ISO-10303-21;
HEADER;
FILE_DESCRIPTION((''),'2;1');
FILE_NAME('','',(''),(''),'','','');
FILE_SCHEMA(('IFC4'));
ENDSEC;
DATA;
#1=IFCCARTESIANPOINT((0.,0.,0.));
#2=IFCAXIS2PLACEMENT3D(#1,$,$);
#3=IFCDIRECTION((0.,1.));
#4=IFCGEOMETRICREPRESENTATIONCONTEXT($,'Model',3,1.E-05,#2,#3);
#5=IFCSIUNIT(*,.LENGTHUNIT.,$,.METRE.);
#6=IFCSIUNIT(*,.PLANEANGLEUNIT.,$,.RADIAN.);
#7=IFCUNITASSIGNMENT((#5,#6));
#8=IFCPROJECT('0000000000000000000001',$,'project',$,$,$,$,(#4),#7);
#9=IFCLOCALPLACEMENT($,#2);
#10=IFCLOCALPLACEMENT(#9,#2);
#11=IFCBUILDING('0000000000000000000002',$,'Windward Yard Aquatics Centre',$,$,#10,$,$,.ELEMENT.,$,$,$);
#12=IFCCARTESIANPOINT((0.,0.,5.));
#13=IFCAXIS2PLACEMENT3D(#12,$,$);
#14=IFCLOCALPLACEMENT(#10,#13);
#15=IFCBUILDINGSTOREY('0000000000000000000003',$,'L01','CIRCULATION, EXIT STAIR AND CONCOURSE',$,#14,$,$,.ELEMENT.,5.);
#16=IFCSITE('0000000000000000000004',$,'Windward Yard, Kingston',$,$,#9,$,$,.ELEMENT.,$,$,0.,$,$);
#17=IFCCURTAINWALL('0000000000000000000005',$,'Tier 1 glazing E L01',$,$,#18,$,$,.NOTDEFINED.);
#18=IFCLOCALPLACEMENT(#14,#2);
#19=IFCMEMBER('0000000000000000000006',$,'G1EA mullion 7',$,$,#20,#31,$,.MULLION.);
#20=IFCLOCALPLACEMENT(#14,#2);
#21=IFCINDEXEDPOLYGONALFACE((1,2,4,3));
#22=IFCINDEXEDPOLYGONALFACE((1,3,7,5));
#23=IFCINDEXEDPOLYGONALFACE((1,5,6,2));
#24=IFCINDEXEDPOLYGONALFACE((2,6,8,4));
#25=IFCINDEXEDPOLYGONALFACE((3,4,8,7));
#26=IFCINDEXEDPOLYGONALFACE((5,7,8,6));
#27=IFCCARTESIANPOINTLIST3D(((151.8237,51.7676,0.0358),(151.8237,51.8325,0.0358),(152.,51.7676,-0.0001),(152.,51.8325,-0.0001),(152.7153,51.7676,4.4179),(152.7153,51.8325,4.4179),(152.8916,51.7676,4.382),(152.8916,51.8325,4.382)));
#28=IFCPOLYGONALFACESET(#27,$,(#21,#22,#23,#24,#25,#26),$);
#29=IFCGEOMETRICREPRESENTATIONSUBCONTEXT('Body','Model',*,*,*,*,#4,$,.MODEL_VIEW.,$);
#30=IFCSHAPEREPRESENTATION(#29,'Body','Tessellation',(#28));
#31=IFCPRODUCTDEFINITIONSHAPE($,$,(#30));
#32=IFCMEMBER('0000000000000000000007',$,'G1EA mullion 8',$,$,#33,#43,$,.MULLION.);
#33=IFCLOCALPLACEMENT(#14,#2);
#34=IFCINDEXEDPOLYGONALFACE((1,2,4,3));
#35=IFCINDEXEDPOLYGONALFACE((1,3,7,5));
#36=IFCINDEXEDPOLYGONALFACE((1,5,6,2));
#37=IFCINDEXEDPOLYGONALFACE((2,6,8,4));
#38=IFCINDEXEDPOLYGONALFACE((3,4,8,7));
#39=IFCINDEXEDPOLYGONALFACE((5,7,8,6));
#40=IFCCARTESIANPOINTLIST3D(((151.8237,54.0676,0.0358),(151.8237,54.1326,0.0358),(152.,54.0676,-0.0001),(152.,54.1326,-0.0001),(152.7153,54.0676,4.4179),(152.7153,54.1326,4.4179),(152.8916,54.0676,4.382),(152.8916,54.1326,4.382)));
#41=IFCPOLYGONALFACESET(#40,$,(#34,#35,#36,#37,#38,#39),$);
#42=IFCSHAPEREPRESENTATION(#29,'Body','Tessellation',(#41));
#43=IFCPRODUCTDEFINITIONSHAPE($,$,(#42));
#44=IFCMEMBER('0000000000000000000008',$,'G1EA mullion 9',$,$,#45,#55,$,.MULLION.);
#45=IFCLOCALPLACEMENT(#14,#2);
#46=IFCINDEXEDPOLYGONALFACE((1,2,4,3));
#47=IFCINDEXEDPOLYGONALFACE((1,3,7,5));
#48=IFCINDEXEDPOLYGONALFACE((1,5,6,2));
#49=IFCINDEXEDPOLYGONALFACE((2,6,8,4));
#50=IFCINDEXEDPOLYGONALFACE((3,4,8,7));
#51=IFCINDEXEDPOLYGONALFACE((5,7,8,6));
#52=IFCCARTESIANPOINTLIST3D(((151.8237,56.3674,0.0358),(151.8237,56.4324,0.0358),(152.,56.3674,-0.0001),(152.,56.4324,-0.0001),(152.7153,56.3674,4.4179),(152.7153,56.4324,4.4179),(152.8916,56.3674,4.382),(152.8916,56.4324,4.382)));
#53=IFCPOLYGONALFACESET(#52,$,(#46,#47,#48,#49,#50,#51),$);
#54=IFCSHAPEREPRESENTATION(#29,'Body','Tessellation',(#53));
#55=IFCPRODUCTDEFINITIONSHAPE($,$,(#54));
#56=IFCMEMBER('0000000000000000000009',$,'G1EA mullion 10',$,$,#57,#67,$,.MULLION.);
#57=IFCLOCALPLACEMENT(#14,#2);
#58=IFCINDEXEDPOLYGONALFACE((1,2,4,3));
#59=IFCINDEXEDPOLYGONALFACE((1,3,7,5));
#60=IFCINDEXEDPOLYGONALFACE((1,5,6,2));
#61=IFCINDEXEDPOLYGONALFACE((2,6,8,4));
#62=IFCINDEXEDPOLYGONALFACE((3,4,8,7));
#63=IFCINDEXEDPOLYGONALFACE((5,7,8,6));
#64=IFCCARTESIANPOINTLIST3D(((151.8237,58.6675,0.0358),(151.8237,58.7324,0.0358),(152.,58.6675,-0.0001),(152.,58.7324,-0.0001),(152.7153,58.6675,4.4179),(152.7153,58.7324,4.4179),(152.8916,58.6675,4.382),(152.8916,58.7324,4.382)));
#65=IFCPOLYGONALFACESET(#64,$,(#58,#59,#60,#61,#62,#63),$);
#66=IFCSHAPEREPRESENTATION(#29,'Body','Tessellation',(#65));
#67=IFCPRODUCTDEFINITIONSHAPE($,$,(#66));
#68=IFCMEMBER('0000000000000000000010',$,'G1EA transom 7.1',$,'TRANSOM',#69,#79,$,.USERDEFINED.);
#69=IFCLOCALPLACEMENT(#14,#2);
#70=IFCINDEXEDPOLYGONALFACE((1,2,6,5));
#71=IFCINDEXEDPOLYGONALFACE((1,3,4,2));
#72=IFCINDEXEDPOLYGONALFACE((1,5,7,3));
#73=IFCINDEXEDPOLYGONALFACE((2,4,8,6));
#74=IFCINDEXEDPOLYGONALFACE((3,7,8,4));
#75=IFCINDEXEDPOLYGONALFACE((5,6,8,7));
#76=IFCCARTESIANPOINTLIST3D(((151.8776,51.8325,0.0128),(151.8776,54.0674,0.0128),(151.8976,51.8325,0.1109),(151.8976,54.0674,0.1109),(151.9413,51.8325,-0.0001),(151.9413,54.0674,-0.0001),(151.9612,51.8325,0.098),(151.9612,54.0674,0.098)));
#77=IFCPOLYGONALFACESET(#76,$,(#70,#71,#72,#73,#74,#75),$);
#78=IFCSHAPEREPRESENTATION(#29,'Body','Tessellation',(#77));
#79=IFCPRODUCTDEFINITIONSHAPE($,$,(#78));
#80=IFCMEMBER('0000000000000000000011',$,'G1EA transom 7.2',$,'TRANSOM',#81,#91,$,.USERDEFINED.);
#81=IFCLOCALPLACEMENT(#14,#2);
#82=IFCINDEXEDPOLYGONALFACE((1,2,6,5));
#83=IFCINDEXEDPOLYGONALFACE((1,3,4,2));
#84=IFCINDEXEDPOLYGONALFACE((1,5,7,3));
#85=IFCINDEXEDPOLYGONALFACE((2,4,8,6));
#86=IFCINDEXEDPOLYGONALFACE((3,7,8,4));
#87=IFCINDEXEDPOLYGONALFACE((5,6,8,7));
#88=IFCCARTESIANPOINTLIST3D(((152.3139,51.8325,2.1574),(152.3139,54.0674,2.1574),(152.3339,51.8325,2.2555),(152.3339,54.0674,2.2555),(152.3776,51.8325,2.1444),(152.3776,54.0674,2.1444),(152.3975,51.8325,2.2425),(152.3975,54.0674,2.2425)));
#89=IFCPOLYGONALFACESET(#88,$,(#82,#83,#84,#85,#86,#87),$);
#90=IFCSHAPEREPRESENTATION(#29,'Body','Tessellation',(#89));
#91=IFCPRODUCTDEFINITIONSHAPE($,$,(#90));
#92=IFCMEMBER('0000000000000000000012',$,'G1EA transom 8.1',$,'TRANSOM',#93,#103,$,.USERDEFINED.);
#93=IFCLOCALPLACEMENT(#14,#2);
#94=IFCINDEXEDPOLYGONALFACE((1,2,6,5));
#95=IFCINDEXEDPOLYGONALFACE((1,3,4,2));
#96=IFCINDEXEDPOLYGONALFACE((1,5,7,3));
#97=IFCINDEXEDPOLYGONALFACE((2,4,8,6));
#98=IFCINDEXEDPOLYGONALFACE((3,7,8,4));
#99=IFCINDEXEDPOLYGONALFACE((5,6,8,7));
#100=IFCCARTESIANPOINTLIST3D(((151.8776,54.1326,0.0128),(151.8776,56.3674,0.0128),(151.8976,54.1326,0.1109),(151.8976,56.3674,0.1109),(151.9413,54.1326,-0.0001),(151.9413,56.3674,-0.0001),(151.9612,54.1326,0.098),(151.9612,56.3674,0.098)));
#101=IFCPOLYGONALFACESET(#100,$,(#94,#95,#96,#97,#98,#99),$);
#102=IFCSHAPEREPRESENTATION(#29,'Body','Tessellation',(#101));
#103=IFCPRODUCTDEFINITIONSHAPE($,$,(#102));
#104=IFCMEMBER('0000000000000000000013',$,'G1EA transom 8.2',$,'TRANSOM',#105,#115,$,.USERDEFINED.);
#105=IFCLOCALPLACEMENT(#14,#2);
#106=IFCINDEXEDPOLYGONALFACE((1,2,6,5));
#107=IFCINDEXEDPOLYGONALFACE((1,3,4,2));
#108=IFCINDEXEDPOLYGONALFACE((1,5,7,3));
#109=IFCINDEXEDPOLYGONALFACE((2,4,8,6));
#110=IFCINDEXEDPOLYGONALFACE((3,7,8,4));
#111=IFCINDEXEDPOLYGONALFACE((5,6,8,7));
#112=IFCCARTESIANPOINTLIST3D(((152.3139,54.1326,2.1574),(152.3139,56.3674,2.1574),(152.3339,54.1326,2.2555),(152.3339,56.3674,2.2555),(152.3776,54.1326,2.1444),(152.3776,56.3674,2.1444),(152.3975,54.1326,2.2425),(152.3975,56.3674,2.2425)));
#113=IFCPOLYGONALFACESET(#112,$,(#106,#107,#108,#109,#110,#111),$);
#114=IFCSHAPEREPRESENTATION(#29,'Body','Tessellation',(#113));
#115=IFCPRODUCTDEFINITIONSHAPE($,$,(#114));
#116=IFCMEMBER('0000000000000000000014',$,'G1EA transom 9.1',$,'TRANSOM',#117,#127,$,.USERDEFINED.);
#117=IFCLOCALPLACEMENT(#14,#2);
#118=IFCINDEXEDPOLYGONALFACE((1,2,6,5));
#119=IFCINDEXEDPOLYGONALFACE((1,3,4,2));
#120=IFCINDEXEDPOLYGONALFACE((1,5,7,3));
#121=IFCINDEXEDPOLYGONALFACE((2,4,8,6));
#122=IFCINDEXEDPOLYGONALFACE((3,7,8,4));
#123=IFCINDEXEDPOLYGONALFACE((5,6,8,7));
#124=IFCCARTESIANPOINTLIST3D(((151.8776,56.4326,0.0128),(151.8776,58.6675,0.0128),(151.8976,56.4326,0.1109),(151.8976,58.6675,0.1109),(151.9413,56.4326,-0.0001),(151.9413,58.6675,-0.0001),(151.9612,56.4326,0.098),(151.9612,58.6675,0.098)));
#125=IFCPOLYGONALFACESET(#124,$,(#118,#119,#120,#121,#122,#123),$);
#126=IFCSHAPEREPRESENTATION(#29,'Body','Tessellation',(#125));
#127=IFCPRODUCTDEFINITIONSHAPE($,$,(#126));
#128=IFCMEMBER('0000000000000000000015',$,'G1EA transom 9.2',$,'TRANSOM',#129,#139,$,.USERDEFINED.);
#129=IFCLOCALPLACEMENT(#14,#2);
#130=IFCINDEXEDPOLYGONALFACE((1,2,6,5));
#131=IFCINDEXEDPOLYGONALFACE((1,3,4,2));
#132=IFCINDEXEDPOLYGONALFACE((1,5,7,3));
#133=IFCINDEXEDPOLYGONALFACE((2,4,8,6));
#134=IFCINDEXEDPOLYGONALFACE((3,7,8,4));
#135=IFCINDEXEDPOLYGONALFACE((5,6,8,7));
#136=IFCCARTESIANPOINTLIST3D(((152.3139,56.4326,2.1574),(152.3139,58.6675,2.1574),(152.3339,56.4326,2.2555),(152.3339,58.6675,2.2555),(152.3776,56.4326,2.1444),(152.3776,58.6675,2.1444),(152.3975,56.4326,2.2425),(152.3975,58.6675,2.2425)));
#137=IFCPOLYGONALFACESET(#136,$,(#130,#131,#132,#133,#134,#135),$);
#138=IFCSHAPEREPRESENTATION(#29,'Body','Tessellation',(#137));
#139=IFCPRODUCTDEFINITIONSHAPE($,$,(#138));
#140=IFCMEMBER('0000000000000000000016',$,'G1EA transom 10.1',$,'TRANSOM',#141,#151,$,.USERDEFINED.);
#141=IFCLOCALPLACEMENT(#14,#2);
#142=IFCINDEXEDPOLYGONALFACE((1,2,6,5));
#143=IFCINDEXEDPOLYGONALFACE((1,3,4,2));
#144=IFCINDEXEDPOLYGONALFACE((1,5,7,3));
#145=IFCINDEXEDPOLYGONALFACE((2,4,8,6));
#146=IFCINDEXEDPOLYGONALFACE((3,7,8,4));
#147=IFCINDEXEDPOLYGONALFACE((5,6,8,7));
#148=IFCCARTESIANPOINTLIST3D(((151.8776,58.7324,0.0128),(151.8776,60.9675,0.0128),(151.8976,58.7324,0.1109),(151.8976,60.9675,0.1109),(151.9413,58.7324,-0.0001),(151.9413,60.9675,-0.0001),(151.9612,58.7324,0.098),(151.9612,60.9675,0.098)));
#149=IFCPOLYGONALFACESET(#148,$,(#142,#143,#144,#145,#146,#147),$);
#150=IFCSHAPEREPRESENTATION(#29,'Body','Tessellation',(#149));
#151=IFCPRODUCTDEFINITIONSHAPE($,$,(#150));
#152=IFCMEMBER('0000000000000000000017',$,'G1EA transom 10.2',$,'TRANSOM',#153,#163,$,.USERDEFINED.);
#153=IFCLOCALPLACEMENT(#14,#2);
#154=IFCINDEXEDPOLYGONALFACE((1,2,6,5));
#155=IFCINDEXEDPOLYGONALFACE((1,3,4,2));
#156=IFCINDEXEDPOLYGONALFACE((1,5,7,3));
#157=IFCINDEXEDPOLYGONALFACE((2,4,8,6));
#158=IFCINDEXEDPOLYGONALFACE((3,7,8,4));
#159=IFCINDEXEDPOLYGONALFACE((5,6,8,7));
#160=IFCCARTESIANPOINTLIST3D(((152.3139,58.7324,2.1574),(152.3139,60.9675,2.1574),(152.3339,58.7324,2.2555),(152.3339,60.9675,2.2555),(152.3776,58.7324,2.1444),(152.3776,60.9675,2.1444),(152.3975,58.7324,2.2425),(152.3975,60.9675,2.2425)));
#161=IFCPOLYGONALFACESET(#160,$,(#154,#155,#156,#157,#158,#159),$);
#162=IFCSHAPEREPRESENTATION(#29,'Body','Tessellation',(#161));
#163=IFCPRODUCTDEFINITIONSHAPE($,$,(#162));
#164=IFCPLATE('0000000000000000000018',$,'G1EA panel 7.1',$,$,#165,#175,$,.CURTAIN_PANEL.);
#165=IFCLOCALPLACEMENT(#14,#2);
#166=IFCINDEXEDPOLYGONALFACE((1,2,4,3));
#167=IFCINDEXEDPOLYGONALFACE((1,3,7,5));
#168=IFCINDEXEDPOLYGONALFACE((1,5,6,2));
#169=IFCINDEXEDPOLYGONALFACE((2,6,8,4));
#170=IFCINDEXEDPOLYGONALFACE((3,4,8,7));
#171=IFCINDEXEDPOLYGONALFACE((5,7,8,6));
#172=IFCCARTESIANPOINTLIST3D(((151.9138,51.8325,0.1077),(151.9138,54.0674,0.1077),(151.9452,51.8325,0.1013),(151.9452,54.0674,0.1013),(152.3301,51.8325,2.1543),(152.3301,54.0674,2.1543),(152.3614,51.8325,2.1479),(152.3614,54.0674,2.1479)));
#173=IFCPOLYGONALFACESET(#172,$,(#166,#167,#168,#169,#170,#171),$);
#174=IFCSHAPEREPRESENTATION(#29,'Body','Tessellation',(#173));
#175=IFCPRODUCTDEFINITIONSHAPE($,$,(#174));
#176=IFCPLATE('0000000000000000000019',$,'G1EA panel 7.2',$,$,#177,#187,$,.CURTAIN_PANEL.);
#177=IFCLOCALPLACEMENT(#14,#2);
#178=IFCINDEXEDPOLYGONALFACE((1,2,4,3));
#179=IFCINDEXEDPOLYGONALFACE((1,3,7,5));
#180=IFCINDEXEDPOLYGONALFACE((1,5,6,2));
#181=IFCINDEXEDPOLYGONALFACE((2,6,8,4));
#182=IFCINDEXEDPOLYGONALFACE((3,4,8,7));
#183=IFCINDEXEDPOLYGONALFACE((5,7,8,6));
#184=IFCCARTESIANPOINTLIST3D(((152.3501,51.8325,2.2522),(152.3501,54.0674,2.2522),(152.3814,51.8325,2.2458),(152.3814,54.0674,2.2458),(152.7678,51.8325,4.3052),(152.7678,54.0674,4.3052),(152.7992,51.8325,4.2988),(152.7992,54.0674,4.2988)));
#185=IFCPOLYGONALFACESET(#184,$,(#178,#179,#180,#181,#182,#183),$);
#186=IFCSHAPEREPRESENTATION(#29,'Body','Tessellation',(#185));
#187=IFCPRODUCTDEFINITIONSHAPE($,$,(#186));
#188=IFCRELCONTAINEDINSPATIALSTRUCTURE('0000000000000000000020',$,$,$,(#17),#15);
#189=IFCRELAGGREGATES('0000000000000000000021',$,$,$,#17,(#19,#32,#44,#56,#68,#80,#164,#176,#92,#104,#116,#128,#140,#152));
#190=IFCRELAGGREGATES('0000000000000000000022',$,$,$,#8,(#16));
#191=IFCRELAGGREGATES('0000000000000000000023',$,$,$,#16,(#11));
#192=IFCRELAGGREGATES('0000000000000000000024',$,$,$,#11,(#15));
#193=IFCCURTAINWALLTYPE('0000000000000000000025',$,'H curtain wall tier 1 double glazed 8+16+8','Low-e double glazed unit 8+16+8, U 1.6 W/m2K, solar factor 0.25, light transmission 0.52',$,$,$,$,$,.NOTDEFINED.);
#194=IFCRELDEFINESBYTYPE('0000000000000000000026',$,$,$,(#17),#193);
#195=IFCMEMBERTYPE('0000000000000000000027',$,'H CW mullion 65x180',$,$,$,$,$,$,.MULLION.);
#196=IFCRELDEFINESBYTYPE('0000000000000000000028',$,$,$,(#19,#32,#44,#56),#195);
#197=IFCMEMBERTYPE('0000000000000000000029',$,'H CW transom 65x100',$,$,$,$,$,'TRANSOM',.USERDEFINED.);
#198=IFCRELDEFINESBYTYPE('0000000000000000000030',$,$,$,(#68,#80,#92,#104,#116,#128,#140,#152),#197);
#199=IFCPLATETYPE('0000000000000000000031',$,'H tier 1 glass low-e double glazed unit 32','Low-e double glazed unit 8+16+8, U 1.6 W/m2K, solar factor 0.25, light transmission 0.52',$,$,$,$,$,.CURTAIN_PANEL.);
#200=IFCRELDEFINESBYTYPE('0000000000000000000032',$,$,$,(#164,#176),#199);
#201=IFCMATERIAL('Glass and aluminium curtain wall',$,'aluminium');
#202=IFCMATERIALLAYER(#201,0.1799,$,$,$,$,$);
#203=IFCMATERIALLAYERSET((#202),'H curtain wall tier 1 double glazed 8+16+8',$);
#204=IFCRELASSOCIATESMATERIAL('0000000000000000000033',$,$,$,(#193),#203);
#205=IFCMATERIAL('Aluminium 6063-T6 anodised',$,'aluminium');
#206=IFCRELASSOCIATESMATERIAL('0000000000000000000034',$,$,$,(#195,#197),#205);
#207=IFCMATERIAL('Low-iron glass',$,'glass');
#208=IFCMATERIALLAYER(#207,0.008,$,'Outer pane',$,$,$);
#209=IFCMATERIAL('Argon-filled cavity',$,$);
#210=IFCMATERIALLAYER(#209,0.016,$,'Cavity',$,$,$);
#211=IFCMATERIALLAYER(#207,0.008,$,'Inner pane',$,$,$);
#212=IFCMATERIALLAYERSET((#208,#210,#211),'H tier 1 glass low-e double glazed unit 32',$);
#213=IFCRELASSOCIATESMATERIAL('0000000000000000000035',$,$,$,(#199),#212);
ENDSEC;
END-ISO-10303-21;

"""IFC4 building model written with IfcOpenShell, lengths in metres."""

from ifc_helpers import new_model, si_unit, direction, frame, origin, origin_2d, place, context, subcontext, project, spatial, polyline, rectangle, outline, extrude, material, layer, layer_set, material_profile, profile_set, type_object, element, aggregate, save


model = new_model("IFC4")

# Units and contexts
model_context = context("Model", 3, precision=1e-05, world=origin(), true_north=direction((0.0, 1.0)))
body_context = subcontext(model_context, "Body", "Model", "MODEL_VIEW")
ifc_project = project(units=[si_unit("LENGTHUNIT", "METRE"), si_unit("PLANEANGLEUNIT", "RADIAN")], contexts=[model_context])

# Site, building, storey
site_placement = place(None, origin())
site = spatial("IfcSite", under=ifc_project, at=site_placement, Name="Windward Yard, Kingston", CompositionType="ELEMENT", RefElevation=0.0)
building_placement = place(site_placement, origin())
building = spatial("IfcBuilding", under=site, at=building_placement, Name="Windward Yard Aquatics Centre", CompositionType="ELEMENT")
storey_placement = place(building_placement, frame((0.0, 0.0, 5.0)))
storey = spatial("IfcBuildingStorey", under=building, at=storey_placement, Name="L01", Description="CIRCULATION, EXIT STAIR AND CONCOURSE", CompositionType="ELEMENT", Elevation=5.0)

# Curtain wall, members, plates
ifc_material_1 = material(Name="Glass and aluminium curtain wall", Category="aluminium")
ifc_layer_1 = layer(ifc_material_1, 0.1799)
ifc_layer_set_1 = layer_set([ifc_layer_1], Name="H curtain wall tier 1 double glazed 8+16+8")
curtain_wall_type = type_object("IfcCurtainWallType", Name="H curtain wall tier 1 double glazed 8+16+8", Description="Low-e double glazed unit 8+16+8, U 1.6 W/m2K, solar factor 0.25, light transmission 0.52", PredefinedType="NOTDEFINED", material=ifc_layer_set_1)
curtain_wall_placement = place(storey_placement, origin())
curtain_wall = element("IfcCurtainWall", 1, at=curtain_wall_placement, inside=storey, type_object=curtain_wall_type, Name="Tier 1 glazing E L01", PredefinedType="NOTDEFINED")
ifc_material_2 = material(Name="Aluminium 6063-T6 anodised", Category="aluminium")
ifc_material_profile_1 = material_profile(ifc_material_2, rectangle(XDim=0.0649, YDim=0.1799, at=origin_2d()), Name="H CW mullion 65x180")
ifc_profile_set_1 = profile_set([ifc_material_profile_1], Name="Aluminium 6063-T6 anodised")
member_type_1 = type_object("IfcMemberType", Name="H CW mullion 65x180", PredefinedType="MULLION", material=ifc_profile_set_1)
member_1_placement = place(storey_placement, frame((151.9119, 51.8, 0.0178), z_axis=(0.19938, 0.0, 0.979922), x_axis=(0.0, 1.0, 0.0)))
member_1 = element("IfcMember", 2, at=member_1_placement, type_object=member_type_1, Name="G1EA mullion 7", PredefinedType="MULLION", context=body_context, shape_type="SweptSolid", body=[
    extrude(rectangle(XDim=0.0649, YDim=0.1799, at=origin_2d()), origin(), (0.0, 0.0, 1.0), 4.4719),
])
member_2_placement = place(storey_placement, frame((151.9119, 54.1001, 0.0178), z_axis=(0.19938, 0.0, 0.979922), x_axis=(0.0, 1.0, 0.0)))
member_2 = element("IfcMember", 3, at=member_2_placement, type_object=member_type_1, Name="G1EA mullion 8", PredefinedType="MULLION", context=body_context, shape_type="SweptSolid", body=[
    extrude(rectangle(XDim=0.0649, YDim=0.1799, at=origin_2d()), origin(), (0.0, 0.0, 1.0), 4.4719),
])
member_3_placement = place(storey_placement, frame((151.9119, 56.3999, 0.0178), z_axis=(0.19938, 0.0, 0.979922), x_axis=(0.0, 1.0, 0.0)))
member_3 = element("IfcMember", 4, at=member_3_placement, type_object=member_type_1, Name="G1EA mullion 9", PredefinedType="MULLION", context=body_context, shape_type="SweptSolid", body=[
    extrude(rectangle(XDim=0.0649, YDim=0.1799, at=origin_2d()), origin(), (0.0, 0.0, 1.0), 4.4719),
])
member_4_placement = place(storey_placement, frame((151.9119, 58.7, 0.0178), z_axis=(0.19938, 0.0, 0.979922), x_axis=(0.0, 1.0, 0.0)))
member_4 = element("IfcMember", 5, at=member_4_placement, type_object=member_type_1, Name="G1EA mullion 10", PredefinedType="MULLION", context=body_context, shape_type="SweptSolid", body=[
    extrude(rectangle(XDim=0.0649, YDim=0.1799, at=origin_2d()), origin(), (0.0, 0.0, 1.0), 4.4719),
])
ifc_material_profile_2 = material_profile(ifc_material_2, rectangle(XDim=0.0649, YDim=0.1001, at=origin_2d()), Name="H CW transom 65x100")
ifc_profile_set_2 = profile_set([ifc_material_profile_2], Name="Aluminium 6063-T6 anodised")
member_type_2 = type_object("IfcMemberType", Name="H CW transom 65x100", ElementType="TRANSOM", PredefinedType="USERDEFINED", material=ifc_profile_set_2)
member_5_placement = place(storey_placement, frame((151.9194, 51.8325, 0.0554), z_axis=(0.0, 1.0, 0.0), x_axis=(-0.979925, 0.0, 0.199368)))
member_5 = element("IfcMember", 6, at=member_5_placement, type_object=member_type_2, Name="G1EA transom 7.1", ObjectType="TRANSOM", PredefinedType="USERDEFINED", context=body_context, shape_type="SweptSolid", body=[
    extrude(rectangle(XDim=0.0649, YDim=0.1001, at=origin_2d()), origin(), (0.0, 0.0, 1.0), 2.2349),
])
member_6_placement = place(storey_placement, frame((152.3557, 51.8325, 2.2), z_axis=(0.0, 1.0, 0.0), x_axis=(-0.979925, 0.0, 0.199368)))
member_6 = element("IfcMember", 7, at=member_6_placement, type_object=member_type_2, Name="G1EA transom 7.2", ObjectType="TRANSOM", PredefinedType="USERDEFINED", context=body_context, shape_type="SweptSolid", body=[
    extrude(rectangle(XDim=0.0649, YDim=0.1001, at=origin_2d()), origin(), (0.0, 0.0, 1.0), 2.2349),
])
member_7_placement = place(storey_placement, frame((151.9194, 54.1326, 0.0554), z_axis=(0.0, 1.0, 0.0), x_axis=(-0.979925, 0.0, 0.199368)))
member_7 = element("IfcMember", 8, at=member_7_placement, type_object=member_type_2, Name="G1EA transom 8.1", ObjectType="TRANSOM", PredefinedType="USERDEFINED", context=body_context, shape_type="SweptSolid", body=[
    extrude(rectangle(XDim=0.0649, YDim=0.1001, at=origin_2d()), origin(), (0.0, 0.0, 1.0), 2.2349),
])
member_8_placement = place(storey_placement, frame((152.3557, 54.1326, 2.2), z_axis=(0.0, 1.0, 0.0), x_axis=(-0.979925, 0.0, 0.199368)))
member_8 = element("IfcMember", 9, at=member_8_placement, type_object=member_type_2, Name="G1EA transom 8.2", ObjectType="TRANSOM", PredefinedType="USERDEFINED", context=body_context, shape_type="SweptSolid", body=[
    extrude(rectangle(XDim=0.0649, YDim=0.1001, at=origin_2d()), origin(), (0.0, 0.0, 1.0), 2.2349),
])
member_9_placement = place(storey_placement, frame((151.9194, 56.4326, 0.0554), z_axis=(0.0, 1.0, 0.0), x_axis=(-0.979925, 0.0, 0.199368)))
member_9 = element("IfcMember", 10, at=member_9_placement, type_object=member_type_2, Name="G1EA transom 9.1", ObjectType="TRANSOM", PredefinedType="USERDEFINED", context=body_context, shape_type="SweptSolid", body=[
    extrude(rectangle(XDim=0.0649, YDim=0.1001, at=origin_2d()), origin(), (0.0, 0.0, 1.0), 2.2349),
])
member_10_placement = place(storey_placement, frame((152.3557, 56.4326, 2.2), z_axis=(0.0, 1.0, 0.0), x_axis=(-0.979925, 0.0, 0.199368)))
member_10 = element("IfcMember", 11, at=member_10_placement, type_object=member_type_2, Name="G1EA transom 9.2", ObjectType="TRANSOM", PredefinedType="USERDEFINED", context=body_context, shape_type="SweptSolid", body=[
    extrude(rectangle(XDim=0.0649, YDim=0.1001, at=origin_2d()), origin(), (0.0, 0.0, 1.0), 2.2349),
])
member_11_placement = place(storey_placement, frame((151.9194, 58.7324, 0.0554), z_axis=(0.0, 1.0, 0.0), x_axis=(-0.979925, 0.0, 0.199368)))
member_11 = element("IfcMember", 12, at=member_11_placement, type_object=member_type_2, Name="G1EA transom 10.1", ObjectType="TRANSOM", PredefinedType="USERDEFINED", context=body_context, shape_type="SweptSolid", body=[
    extrude(rectangle(XDim=0.0649, YDim=0.1001, at=origin_2d()), origin(), (0.0, 0.0, 1.0), 2.2351),
])
member_12_placement = place(storey_placement, frame((152.3557, 58.7324, 2.2), z_axis=(0.0, 1.0, 0.0), x_axis=(-0.979925, 0.0, 0.199368)))
member_12 = element("IfcMember", 13, at=member_12_placement, type_object=member_type_2, Name="G1EA transom 10.2", ObjectType="TRANSOM", PredefinedType="USERDEFINED", context=body_context, shape_type="SweptSolid", body=[
    extrude(rectangle(XDim=0.0649, YDim=0.1001, at=origin_2d()), origin(), (0.0, 0.0, 1.0), 2.2351),
])
ifc_material_3 = material(Name="Low-iron glass", Category="glass")
ifc_layer_2 = layer(ifc_material_3, 0.008, Name="Outer pane")
ifc_material_4 = material(Name="Argon-filled cavity")
ifc_layer_3 = layer(ifc_material_4, 0.016, Name="Cavity")
ifc_layer_4 = layer(ifc_material_3, 0.008, Name="Inner pane")
ifc_layer_set_2 = layer_set([ifc_layer_2, ifc_layer_3, ifc_layer_4], Name="H tier 1 glass low-e double glazed unit 32")
plate_type = type_object("IfcPlateType", Name="H tier 1 glass low-e double glazed unit 32", Description="Low-e double glazed unit 8+16+8, U 1.6 W/m2K, solar factor 0.25, light transmission 0.52", PredefinedType="CURTAIN_PANEL", material=ifc_layer_set_2)
plate_1_placement = place(storey_placement, frame((151.9138, 51.8325, 0.1077), z_axis=(-0.979937, 0.0, 0.199307), x_axis=(0.0, 1.0, 0.0)))
plate_1 = element("IfcPlate", 14, at=plate_1_placement, type_object=plate_type, Name="G1EA panel 7.1", PredefinedType="CURTAIN_PANEL", context=body_context, shape_type="SweptSolid", body=[
    extrude(outline(polyline([(0.0, 0.0), (2.2349, 0.0), (2.2349, -2.0885), (0.0, -2.0885), (0.0, 0.0)])), origin(), (0.0, 0.0, -1.0), 0.032),
])
plate_2_placement = place(storey_placement, frame((152.3501, 51.8325, 2.2522), z_axis=(-0.979921, 0.0, 0.199387), x_axis=(0.0, 1.0, 0.0)))
plate_2 = element("IfcPlate", 15, at=plate_2_placement, type_object=plate_type, Name="G1EA panel 7.2", PredefinedType="CURTAIN_PANEL", context=body_context, shape_type="SweptSolid", body=[
    extrude(outline(polyline([(0.0, 0.0), (2.2349, 0.0), (2.2349, -2.095), (0.0, -2.095), (0.0, 0.0)])), origin(), (0.0, 0.0, -1.0), 0.032),
])
aggregate(curtain_wall, [member_1, member_2, member_3, member_4, member_5, member_6, plate_1, plate_2, member_7, member_8, member_9, member_10, member_11, member_12])

save(model, "model.ifc")
